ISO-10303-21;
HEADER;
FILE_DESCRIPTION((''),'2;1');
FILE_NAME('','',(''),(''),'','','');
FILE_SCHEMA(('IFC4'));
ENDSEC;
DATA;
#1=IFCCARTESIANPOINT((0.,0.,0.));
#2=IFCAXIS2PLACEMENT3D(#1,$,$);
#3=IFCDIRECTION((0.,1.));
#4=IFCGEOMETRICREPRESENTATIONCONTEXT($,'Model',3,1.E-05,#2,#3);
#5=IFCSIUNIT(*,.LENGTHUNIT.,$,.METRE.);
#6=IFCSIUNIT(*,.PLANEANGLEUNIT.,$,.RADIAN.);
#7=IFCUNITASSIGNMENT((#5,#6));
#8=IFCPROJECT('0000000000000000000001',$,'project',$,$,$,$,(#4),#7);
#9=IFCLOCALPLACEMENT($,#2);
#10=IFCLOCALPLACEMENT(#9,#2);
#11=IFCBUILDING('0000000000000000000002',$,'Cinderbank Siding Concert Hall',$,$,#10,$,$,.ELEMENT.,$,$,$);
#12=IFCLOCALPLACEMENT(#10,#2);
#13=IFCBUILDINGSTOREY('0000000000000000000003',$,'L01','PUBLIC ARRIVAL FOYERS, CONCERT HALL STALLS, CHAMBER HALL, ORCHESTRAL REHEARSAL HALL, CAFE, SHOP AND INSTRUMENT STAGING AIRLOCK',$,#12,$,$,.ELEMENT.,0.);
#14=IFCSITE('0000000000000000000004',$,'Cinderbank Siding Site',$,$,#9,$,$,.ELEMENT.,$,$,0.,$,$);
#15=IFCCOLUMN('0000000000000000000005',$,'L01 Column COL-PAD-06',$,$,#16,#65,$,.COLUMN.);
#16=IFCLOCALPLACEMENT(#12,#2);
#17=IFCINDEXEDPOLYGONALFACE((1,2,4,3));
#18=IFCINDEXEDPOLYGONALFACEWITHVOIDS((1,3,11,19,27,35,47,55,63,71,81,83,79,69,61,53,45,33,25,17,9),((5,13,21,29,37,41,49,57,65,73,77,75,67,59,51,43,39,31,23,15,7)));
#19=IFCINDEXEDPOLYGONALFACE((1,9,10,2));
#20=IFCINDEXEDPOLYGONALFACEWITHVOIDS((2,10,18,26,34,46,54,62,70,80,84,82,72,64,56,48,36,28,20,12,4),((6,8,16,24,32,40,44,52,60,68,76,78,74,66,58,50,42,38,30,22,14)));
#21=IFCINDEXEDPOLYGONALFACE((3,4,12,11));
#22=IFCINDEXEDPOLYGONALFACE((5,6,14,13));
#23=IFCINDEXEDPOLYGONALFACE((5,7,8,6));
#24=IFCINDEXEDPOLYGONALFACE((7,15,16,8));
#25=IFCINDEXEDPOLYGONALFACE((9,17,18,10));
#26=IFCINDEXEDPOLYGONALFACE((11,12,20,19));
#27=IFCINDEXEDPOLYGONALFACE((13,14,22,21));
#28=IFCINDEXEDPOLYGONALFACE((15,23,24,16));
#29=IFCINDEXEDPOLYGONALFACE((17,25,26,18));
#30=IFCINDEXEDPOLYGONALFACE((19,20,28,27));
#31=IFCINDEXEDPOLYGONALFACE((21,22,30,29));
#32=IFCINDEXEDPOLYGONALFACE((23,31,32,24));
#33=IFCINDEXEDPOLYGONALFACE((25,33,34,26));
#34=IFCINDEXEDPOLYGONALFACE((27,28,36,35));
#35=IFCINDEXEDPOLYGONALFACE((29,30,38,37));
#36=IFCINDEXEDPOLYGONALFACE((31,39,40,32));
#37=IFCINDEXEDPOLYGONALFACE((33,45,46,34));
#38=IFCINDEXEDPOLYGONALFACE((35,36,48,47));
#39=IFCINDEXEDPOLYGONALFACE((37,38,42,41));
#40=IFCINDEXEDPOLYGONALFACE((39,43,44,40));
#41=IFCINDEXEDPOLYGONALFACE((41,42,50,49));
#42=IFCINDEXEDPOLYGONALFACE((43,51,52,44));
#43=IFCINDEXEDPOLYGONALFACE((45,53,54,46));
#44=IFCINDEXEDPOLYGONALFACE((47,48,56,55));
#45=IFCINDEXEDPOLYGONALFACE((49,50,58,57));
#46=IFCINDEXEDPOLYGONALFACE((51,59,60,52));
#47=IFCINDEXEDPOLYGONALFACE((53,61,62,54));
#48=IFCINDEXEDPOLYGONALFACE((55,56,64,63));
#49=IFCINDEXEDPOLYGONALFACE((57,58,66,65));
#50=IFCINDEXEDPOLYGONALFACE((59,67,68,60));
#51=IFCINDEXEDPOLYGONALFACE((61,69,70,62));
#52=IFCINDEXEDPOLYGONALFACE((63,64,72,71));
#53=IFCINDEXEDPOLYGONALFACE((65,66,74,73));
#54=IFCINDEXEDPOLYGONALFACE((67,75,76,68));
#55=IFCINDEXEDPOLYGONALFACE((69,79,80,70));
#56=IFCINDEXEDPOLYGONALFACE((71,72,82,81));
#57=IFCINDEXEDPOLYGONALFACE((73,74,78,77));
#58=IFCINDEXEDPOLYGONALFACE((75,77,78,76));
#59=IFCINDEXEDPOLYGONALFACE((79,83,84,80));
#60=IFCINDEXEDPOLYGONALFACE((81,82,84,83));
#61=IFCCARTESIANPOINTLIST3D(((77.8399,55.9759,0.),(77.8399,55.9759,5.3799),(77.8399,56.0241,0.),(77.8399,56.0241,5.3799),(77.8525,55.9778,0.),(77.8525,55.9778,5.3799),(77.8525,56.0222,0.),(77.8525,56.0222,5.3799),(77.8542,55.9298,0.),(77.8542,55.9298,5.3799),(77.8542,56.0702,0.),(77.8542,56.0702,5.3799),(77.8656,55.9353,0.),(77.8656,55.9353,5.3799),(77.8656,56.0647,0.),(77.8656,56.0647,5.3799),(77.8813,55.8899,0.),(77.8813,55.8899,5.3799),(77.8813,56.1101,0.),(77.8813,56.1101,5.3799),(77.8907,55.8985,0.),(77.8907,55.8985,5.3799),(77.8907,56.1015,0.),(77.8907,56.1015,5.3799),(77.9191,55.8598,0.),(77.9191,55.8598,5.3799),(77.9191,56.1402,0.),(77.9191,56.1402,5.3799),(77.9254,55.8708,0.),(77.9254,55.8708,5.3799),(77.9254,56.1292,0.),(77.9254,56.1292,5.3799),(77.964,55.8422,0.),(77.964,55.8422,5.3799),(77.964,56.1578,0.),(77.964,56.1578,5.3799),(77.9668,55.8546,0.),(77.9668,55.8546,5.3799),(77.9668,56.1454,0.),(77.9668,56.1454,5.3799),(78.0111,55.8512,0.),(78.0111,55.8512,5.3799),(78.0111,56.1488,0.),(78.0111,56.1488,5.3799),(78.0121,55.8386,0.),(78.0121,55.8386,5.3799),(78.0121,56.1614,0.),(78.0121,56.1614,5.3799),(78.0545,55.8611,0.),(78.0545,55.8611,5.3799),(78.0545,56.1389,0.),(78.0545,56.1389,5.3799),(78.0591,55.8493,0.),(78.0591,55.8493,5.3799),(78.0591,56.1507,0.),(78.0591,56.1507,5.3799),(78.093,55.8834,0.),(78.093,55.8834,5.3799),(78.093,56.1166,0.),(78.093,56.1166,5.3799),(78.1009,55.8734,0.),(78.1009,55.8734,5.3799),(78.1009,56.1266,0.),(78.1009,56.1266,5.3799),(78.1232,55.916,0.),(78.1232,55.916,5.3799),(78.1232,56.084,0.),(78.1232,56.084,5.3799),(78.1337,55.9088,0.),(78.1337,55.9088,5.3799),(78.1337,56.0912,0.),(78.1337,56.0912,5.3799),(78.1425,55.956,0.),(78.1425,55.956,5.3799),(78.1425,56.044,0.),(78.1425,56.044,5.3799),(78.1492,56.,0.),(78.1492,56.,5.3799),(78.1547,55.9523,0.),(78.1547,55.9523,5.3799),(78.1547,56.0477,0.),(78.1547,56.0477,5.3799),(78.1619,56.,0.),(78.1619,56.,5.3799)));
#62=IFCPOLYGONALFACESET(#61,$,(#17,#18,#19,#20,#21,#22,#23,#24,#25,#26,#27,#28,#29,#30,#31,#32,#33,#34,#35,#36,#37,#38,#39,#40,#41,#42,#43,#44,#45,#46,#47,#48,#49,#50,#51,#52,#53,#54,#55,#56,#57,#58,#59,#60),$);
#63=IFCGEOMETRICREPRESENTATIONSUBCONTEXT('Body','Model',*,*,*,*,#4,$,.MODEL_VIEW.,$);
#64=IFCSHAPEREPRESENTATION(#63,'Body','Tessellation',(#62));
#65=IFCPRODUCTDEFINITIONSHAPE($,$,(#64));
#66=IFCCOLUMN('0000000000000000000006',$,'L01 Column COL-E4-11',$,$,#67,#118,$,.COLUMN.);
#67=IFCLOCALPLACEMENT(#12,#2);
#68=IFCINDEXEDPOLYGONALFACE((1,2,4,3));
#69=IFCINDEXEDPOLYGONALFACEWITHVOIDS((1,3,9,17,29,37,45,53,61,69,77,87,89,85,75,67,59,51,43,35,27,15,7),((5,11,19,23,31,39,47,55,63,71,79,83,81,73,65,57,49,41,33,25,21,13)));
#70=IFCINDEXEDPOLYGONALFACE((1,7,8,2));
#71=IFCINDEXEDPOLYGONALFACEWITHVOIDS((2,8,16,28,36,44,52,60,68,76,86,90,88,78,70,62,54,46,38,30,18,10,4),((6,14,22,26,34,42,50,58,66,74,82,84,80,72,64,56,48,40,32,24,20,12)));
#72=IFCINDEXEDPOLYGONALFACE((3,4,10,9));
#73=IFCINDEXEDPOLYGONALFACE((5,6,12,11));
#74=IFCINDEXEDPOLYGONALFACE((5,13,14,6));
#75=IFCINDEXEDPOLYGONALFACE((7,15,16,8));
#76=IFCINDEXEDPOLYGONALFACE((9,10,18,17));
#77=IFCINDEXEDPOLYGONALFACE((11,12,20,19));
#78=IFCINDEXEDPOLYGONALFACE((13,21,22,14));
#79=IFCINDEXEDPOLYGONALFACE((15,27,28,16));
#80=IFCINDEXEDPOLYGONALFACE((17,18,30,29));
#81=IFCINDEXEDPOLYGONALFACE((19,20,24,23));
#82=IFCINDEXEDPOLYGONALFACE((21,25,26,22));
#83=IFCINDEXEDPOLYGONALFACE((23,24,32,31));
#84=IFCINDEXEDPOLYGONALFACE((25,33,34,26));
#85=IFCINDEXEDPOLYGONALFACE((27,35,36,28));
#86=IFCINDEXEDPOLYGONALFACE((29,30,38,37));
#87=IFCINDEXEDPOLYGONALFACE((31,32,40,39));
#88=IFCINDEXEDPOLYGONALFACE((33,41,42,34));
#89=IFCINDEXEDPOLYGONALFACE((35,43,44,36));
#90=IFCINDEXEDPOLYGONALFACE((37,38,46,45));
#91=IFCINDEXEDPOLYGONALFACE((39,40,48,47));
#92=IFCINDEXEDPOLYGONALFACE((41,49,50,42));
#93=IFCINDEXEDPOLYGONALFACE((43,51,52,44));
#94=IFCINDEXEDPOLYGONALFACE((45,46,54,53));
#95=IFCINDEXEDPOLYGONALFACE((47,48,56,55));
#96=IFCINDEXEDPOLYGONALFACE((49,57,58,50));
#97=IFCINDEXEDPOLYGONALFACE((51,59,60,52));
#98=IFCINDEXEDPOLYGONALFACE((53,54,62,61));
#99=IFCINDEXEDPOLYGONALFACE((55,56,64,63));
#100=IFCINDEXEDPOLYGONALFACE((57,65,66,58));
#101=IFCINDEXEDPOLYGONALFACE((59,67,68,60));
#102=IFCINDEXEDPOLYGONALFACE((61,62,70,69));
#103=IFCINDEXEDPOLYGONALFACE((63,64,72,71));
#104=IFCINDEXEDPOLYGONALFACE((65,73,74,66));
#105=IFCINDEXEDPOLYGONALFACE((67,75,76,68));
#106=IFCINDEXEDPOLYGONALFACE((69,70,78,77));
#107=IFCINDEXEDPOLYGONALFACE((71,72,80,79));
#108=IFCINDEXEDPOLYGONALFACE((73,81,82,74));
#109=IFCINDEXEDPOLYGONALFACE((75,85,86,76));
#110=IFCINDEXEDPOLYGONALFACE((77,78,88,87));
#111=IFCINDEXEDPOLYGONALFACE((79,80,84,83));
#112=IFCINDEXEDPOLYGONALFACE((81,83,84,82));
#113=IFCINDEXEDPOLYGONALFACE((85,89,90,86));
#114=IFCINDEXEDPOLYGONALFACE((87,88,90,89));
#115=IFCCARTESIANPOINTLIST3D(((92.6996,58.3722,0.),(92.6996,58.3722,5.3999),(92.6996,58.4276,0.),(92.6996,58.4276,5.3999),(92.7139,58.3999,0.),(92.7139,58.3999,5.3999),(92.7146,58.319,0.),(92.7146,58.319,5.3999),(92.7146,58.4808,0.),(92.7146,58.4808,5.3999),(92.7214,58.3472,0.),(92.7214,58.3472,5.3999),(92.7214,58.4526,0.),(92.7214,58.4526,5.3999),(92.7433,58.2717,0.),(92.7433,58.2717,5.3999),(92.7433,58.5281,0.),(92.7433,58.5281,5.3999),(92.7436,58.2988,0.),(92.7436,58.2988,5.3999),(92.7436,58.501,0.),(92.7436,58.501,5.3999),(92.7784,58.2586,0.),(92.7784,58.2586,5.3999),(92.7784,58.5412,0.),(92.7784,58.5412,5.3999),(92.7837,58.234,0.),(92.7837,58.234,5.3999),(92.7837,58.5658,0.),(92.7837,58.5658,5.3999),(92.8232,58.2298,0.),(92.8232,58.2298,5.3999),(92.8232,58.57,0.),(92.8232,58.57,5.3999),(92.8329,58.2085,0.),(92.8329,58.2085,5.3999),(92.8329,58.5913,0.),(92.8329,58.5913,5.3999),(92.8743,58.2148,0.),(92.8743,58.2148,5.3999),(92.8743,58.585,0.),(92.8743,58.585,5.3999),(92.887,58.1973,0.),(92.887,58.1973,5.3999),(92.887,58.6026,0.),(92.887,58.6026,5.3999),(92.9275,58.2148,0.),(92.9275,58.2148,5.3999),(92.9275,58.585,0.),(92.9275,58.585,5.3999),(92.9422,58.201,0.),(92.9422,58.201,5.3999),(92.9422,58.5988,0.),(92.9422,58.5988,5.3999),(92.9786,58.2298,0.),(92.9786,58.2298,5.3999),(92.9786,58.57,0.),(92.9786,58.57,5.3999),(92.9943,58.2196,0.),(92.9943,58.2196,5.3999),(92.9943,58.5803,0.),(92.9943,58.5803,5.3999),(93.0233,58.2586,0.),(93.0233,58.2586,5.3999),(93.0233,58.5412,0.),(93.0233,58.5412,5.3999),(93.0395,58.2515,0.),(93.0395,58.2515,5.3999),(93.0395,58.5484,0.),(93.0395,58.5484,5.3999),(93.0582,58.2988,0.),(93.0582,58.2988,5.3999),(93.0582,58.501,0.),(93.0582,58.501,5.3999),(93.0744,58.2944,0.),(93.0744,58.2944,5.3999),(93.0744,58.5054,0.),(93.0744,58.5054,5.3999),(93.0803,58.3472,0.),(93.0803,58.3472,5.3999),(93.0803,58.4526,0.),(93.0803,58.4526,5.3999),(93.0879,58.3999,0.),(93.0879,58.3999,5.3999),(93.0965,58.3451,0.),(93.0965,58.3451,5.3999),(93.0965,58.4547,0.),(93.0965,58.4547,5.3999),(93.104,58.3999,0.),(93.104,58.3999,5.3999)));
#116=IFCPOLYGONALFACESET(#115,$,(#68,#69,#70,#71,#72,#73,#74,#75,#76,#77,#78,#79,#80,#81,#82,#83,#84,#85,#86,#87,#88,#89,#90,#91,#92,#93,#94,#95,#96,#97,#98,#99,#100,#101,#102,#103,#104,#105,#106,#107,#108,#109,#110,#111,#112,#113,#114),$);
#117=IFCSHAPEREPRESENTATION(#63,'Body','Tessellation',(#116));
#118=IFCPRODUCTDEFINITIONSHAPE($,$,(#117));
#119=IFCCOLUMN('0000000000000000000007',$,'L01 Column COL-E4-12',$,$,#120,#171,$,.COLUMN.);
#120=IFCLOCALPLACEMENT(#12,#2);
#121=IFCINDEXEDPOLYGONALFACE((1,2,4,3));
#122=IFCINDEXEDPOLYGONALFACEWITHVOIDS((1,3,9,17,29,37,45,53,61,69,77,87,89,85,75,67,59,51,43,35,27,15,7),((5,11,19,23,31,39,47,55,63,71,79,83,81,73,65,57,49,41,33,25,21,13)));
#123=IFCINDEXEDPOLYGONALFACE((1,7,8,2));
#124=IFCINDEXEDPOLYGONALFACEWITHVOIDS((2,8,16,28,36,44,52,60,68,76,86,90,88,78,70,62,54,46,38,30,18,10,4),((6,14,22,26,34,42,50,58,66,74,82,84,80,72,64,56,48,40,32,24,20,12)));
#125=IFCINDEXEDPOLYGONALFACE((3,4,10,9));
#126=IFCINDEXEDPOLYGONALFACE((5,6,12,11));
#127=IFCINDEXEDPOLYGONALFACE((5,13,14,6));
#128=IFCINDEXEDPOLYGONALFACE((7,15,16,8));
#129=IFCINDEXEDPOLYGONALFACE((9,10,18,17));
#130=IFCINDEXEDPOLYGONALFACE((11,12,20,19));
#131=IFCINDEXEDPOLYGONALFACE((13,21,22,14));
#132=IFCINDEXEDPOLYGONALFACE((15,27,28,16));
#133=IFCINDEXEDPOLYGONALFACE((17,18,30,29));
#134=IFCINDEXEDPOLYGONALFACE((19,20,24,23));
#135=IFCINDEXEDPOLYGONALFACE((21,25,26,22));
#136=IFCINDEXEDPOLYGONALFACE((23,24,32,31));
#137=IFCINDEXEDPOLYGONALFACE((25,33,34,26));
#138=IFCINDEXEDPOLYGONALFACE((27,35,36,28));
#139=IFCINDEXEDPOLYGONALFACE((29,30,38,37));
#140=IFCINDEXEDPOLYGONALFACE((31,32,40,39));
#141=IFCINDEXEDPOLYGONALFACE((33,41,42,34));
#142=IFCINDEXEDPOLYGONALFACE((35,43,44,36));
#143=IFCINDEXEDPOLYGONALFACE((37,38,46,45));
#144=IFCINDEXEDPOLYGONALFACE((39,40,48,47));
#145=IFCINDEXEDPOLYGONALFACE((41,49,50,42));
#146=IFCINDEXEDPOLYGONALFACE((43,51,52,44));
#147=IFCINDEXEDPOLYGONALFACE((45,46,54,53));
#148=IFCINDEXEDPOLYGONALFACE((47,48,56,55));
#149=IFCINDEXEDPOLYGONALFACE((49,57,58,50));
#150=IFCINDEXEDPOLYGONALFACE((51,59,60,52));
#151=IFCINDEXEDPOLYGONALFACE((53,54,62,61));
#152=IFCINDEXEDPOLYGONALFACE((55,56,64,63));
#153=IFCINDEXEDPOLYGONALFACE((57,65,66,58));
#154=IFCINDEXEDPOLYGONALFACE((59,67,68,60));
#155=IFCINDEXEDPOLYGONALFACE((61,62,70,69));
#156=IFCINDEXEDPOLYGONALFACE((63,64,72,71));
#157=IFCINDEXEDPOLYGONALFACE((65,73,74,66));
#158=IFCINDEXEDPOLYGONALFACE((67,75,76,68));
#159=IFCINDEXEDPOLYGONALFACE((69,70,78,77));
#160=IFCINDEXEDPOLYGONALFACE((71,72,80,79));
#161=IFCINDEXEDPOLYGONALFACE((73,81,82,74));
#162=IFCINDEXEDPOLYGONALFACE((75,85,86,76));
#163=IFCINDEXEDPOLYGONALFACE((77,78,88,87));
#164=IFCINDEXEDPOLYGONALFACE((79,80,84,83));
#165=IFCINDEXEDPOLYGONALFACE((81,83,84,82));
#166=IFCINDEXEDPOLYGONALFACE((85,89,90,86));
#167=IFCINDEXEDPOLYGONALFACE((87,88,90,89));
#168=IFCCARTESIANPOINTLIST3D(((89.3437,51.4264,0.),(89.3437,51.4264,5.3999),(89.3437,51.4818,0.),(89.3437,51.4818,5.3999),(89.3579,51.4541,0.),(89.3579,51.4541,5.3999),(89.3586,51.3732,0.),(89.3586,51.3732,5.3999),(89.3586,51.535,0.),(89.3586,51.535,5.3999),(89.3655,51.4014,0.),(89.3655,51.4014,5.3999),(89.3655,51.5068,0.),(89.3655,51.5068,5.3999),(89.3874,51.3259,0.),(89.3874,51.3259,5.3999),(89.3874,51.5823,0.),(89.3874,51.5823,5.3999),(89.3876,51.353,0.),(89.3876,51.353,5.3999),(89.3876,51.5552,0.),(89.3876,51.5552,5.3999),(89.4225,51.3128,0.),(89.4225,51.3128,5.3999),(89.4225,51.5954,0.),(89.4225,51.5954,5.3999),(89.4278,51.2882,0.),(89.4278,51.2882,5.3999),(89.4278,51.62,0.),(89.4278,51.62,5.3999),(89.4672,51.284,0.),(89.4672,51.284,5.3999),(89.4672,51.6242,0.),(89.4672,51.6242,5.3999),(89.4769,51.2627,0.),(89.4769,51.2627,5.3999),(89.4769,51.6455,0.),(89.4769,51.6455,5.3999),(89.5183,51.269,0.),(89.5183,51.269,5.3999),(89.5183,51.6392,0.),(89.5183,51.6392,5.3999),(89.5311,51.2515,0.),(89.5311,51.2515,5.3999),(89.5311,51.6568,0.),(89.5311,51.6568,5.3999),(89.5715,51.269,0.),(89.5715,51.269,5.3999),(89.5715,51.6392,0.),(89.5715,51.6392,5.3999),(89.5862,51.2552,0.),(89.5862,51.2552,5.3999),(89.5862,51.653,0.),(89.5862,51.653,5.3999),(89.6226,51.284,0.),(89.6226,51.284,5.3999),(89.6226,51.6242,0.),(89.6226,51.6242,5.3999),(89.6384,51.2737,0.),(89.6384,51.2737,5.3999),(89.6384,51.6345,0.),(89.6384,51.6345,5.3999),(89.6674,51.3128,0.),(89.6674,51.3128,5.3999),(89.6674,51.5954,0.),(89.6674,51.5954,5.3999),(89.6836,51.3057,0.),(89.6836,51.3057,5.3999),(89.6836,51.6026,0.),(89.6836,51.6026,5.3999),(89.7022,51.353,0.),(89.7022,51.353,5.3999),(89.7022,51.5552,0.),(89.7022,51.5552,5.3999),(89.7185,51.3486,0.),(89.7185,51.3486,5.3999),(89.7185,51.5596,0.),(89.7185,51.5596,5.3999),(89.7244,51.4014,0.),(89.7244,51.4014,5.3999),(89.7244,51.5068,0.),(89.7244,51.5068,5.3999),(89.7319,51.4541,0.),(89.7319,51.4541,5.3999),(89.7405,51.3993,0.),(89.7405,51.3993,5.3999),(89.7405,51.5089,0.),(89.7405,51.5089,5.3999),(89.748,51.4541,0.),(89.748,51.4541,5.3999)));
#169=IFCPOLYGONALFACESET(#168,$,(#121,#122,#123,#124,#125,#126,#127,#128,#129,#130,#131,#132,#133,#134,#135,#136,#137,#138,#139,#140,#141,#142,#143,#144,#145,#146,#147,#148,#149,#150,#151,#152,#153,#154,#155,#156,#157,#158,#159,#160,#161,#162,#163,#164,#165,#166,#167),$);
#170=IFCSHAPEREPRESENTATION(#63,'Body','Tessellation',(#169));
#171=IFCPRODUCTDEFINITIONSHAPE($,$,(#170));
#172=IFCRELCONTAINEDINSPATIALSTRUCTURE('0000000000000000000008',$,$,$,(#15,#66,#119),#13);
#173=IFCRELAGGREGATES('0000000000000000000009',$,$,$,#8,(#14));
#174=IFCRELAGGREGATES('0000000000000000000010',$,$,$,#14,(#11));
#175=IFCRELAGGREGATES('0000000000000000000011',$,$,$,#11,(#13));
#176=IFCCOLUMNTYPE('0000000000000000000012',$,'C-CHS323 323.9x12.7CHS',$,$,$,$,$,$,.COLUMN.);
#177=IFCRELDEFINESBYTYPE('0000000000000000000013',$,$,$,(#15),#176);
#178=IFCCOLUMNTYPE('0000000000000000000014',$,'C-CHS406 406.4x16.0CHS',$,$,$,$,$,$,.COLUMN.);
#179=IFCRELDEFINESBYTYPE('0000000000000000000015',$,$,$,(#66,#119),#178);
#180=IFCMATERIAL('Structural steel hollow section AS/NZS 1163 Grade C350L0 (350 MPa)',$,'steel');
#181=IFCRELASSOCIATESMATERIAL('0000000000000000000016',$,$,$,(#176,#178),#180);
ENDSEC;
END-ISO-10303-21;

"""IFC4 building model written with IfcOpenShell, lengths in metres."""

from ifc_helpers import new_model, si_unit, direction, frame, origin, origin_2d, place, context, subcontext, project, spatial, hollow_circle, extrude, material, material_profile, profile_set, type_object, element, save


model = new_model("IFC4")

# Units and contexts
model_context = context("Model", 3, precision=1e-05, world=origin(), true_north=direction((0.0, 1.0)))
body_context = subcontext(model_context, "Body", "Model", "MODEL_VIEW")
ifc_project = project(units=[si_unit("LENGTHUNIT", "METRE"), si_unit("PLANEANGLEUNIT", "RADIAN")], contexts=[model_context])

# Site, building, storey
site_placement = place(None, origin())
site = spatial("IfcSite", under=ifc_project, at=site_placement, Name="Cinderbank Siding Site", CompositionType="ELEMENT", RefElevation=0.0)
building_placement = place(site_placement, origin())
building = spatial("IfcBuilding", under=site, at=building_placement, Name="Cinderbank Siding Concert Hall", CompositionType="ELEMENT")
storey_placement = place(building_placement, origin())
storey = spatial("IfcBuildingStorey", under=building, at=storey_placement, Name="L01", Description="PUBLIC ARRIVAL FOYERS, CONCERT HALL STALLS, CHAMBER HALL, ORCHESTRAL REHEARSAL HALL, CAFE, SHOP AND INSTRUMENT STAGING AIRLOCK", CompositionType="ELEMENT", Elevation=0.0)

# Columns
ifc_material_1 = material(Name="Structural steel hollow section AS/NZS 1163 Grade C350L0 (350 MPa)", Category="steel")
ifc_material_profile_1 = material_profile(ifc_material_1, hollow_circle(Radius=0.1619, WallThickness=0.0127, at=origin_2d()), Name="323.9x12.7CHS", Category="LoadBearing")
ifc_profile_set_1 = profile_set([ifc_material_profile_1], Name="Structural steel hollow section AS/NZS 1163 Grade C350L0 (350 MPa)")
column_type_1 = type_object("IfcColumnType", Name="C-CHS323 323.9x12.7CHS", PredefinedType="COLUMN", material=ifc_profile_set_1)
column_placement = place(storey_placement, frame((78.0, 56.0, 0.0), z_axis=(0.0, 0.0, 1.0), x_axis=(1.0, 0.0, 0.0)))
element("IfcColumn", 1, at=column_placement, inside=storey, type_object=column_type_1, Name="L01 Column COL-PAD-06", PredefinedType="COLUMN", context=body_context, shape_type="SweptSolid", body=[
    extrude(hollow_circle(Radius=0.1619, WallThickness=0.0127, at=origin_2d()), origin(), (0.0, 0.0, 1.0), 5.3799),
])
ifc_material_profile_2 = material_profile(ifc_material_1, hollow_circle(Radius=0.2031, WallThickness=0.0161, at=origin_2d()), Name="406.4x16.0CHS", Category="LoadBearing")
ifc_profile_set_2 = profile_set([ifc_material_profile_2], Name="Structural steel hollow section AS/NZS 1163 Grade C350L0 (350 MPa)")
column_type_2 = type_object("IfcColumnType", Name="C-CHS406 406.4x16.0CHS", PredefinedType="COLUMN", material=ifc_profile_set_2)
for number, where, z_axis, x_axis, name in (
    (2, (92.9009, 58.3999, 0.0), (0.0, 0.0, 1.0), (1.0, 0.0, 0.0), "L01 Column COL-E4-11"),
    (3, (89.5449, 51.4541, 0.0), (0.0, 0.0, 1.0), (1.0, 0.0, 0.0), "L01 Column COL-E4-12"),
):
    element("IfcColumn", number, at=place(storey_placement, frame(where, z_axis=z_axis, x_axis=x_axis)), inside=storey, type_object=column_type_2, Name=name, PredefinedType="COLUMN", context=body_context, shape_type="SweptSolid", body=[
        extrude(hollow_circle(Radius=0.2031, WallThickness=0.0161, at=origin_2d()), origin(), (0.0, 0.0, 1.0), 5.3999),
    ])

save(model, "model.ifc")
